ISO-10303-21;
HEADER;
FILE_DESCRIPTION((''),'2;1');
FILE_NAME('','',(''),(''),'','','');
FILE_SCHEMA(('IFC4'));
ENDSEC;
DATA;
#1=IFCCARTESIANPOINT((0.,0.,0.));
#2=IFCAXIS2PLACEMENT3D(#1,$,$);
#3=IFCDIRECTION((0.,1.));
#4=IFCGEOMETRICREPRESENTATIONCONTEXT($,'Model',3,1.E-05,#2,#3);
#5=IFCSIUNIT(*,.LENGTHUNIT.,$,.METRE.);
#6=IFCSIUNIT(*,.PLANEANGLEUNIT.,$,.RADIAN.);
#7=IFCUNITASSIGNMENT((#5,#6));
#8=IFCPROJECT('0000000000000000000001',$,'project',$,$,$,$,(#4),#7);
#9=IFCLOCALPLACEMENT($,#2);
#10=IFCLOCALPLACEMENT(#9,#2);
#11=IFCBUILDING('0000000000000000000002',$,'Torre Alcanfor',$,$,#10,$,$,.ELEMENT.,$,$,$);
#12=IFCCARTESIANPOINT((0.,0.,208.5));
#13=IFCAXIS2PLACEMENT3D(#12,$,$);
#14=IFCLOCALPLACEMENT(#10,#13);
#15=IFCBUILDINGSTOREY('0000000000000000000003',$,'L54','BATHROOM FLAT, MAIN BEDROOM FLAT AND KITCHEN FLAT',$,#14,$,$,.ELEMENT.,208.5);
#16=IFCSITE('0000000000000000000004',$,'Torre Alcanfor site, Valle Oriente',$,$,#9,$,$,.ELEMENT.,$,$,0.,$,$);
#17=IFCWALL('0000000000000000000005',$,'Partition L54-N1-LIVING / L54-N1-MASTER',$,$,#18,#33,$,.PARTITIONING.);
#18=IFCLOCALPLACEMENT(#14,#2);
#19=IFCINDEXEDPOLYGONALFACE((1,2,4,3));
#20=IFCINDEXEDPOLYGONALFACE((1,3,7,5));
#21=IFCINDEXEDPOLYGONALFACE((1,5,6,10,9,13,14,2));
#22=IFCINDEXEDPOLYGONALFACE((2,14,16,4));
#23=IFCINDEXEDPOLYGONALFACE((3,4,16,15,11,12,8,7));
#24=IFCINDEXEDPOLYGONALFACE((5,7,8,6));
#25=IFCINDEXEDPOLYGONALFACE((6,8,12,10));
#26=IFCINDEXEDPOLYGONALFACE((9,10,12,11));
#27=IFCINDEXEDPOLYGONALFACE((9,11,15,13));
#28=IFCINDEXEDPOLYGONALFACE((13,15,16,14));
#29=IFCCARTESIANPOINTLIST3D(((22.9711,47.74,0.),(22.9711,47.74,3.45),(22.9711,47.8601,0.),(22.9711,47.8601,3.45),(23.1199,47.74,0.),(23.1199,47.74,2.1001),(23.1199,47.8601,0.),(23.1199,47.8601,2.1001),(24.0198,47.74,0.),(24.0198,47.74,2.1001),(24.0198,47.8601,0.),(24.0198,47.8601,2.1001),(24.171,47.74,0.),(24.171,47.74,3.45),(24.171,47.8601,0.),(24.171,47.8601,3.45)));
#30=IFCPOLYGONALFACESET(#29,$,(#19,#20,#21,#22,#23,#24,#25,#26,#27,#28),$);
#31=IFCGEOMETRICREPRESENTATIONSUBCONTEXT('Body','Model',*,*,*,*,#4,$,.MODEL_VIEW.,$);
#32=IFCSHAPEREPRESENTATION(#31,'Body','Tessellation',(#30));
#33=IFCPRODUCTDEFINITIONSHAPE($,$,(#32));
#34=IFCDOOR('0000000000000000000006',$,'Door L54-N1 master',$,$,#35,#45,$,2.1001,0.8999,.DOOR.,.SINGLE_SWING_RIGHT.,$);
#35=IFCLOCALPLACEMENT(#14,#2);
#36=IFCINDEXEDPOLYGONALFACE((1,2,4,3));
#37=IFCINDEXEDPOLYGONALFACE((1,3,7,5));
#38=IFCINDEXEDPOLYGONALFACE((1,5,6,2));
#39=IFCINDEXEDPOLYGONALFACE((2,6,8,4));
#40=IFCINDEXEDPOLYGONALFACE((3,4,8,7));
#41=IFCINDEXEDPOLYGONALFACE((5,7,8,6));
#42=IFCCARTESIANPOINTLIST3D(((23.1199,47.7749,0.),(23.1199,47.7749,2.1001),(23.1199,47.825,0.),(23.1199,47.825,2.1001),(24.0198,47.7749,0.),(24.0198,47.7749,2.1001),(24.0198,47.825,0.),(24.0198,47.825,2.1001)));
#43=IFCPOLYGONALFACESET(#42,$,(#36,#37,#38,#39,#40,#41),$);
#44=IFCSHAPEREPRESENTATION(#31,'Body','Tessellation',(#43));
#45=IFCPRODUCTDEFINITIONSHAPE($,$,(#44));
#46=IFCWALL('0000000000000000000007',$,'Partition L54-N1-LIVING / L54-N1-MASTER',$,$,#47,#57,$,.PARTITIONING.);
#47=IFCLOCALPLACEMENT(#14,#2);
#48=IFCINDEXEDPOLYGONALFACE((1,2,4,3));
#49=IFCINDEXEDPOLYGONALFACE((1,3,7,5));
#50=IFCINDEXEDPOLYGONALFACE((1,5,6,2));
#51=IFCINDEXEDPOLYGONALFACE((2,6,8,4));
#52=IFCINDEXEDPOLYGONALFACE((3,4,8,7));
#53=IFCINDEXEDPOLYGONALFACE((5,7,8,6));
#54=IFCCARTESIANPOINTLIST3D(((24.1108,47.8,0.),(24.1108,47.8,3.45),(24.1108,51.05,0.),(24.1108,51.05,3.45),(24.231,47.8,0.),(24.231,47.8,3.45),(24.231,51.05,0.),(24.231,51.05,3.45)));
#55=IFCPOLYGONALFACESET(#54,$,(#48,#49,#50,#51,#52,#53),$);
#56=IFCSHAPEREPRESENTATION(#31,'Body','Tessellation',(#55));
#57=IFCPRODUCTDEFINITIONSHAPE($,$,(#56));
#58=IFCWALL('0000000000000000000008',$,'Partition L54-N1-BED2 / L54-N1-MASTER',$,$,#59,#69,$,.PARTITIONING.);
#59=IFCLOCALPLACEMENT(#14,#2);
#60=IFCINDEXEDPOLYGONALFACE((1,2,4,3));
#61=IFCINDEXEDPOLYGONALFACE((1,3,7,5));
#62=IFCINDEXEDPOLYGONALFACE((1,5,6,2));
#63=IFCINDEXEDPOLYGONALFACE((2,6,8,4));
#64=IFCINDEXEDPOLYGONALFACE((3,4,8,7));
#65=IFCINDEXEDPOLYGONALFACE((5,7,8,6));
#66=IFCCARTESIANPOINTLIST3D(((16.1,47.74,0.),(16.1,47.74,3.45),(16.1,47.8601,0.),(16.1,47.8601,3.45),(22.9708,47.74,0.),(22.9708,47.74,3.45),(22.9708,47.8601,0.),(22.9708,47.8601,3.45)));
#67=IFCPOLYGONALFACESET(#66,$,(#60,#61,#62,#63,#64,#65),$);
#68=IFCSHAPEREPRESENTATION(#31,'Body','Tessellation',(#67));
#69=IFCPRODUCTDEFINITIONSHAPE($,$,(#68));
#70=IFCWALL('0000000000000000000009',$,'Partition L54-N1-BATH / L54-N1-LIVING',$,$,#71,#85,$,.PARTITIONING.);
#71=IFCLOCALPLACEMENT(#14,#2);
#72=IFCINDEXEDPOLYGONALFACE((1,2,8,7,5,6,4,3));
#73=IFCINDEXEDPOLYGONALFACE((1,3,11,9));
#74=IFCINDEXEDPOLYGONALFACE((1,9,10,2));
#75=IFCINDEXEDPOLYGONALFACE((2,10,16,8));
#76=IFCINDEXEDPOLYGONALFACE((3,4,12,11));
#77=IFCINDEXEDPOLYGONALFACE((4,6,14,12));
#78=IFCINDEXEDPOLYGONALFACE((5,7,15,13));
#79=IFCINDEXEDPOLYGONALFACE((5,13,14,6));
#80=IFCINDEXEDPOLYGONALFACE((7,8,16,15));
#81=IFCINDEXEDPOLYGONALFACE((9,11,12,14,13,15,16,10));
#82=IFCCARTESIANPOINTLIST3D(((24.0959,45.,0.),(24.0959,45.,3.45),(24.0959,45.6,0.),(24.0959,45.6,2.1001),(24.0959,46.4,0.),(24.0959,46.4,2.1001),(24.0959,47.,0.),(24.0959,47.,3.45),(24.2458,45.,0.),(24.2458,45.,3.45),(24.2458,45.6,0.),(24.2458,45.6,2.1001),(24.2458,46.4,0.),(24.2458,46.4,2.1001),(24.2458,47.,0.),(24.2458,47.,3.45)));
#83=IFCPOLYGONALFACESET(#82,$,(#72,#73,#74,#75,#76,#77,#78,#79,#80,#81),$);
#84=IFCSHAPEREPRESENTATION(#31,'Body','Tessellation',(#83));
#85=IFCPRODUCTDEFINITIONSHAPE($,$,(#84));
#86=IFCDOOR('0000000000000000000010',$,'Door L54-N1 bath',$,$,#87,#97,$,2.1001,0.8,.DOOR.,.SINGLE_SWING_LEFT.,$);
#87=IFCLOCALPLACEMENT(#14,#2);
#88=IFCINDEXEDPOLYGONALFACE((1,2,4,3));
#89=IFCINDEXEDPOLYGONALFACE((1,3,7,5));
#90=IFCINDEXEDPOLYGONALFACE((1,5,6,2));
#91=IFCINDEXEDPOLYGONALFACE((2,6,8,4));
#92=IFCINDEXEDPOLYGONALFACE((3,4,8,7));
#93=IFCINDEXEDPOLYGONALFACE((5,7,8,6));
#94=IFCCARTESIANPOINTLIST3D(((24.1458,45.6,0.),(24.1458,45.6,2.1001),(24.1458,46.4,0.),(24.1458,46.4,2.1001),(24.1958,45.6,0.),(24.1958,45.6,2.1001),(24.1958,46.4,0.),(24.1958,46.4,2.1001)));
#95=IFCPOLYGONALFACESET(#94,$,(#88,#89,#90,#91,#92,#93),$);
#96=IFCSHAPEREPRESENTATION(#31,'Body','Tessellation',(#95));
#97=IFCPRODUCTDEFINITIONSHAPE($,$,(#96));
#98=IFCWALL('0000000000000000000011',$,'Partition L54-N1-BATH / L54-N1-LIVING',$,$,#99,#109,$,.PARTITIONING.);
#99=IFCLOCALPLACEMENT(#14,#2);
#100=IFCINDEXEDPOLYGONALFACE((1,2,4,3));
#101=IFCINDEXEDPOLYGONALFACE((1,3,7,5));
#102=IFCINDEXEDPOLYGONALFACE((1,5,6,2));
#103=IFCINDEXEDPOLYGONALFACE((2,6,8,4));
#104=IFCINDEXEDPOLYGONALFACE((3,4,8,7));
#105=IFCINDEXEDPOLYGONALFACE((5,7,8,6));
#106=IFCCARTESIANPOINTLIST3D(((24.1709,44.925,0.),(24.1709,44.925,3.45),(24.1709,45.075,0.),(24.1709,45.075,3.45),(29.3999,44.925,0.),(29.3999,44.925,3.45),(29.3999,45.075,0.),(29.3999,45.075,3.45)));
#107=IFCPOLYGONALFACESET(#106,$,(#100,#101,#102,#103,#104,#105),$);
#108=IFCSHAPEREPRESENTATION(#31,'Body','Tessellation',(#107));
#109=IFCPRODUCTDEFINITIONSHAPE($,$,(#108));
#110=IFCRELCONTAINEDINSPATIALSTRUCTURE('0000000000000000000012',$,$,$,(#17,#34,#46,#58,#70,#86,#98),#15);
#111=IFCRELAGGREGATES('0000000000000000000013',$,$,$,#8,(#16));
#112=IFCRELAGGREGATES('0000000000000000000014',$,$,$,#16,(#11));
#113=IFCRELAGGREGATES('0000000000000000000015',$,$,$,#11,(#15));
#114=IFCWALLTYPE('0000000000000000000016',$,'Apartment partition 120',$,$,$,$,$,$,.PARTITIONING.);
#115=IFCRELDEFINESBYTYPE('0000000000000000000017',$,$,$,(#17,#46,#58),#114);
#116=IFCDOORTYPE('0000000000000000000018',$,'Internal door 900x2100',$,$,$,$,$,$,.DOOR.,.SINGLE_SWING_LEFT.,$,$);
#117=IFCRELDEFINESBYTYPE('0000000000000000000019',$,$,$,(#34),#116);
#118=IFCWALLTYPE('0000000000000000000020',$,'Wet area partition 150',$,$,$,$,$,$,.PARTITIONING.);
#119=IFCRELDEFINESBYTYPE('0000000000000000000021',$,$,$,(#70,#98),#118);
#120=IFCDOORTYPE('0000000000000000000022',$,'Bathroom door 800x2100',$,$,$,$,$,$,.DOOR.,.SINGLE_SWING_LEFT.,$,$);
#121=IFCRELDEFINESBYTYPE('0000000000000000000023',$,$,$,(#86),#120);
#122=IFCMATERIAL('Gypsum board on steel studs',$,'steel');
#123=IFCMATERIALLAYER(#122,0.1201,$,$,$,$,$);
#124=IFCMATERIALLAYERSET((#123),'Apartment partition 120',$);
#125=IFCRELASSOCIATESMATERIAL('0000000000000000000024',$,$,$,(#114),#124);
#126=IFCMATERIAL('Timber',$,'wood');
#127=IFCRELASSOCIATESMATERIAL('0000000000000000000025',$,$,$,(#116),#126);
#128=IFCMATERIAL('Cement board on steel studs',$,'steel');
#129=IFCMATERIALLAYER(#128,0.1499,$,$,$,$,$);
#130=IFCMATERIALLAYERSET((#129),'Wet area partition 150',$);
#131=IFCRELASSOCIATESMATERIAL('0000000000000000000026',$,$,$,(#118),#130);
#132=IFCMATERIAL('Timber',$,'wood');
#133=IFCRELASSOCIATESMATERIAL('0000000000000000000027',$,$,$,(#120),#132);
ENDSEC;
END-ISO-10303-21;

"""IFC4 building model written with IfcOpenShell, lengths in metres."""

from ifc_helpers import new_model, si_unit, direction, frame, frame_2d, origin, place, context, subcontext, project, spatial, rectangle, extrude, material, layer, layer_set, type_object, element, fill, save


model = new_model("IFC4")

# Units and contexts
model_context = context("Model", 3, precision=1e-05, world=origin(), true_north=direction((0.0, 1.0)))
body_context = subcontext(model_context, "Body", "Model", "MODEL_VIEW")
ifc_project = project(units=[si_unit("LENGTHUNIT", "METRE"), si_unit("PLANEANGLEUNIT", "RADIAN")], contexts=[model_context])

# Site, building, storey
site_placement = place(None, origin())
site = spatial("IfcSite", under=ifc_project, at=site_placement, Name="Torre Alcanfor site, Valle Oriente", CompositionType="ELEMENT", RefElevation=0.0)
building_placement = place(site_placement, origin())
building = spatial("IfcBuilding", under=site, at=building_placement, Name="Torre Alcanfor", CompositionType="ELEMENT")
storey_placement = place(building_placement, frame((0.0, 0.0, 208.5)))
storey = spatial("IfcBuildingStorey", under=building, at=storey_placement, Name="L54", Description="BATHROOM FLAT, MAIN BEDROOM FLAT AND KITCHEN FLAT", CompositionType="ELEMENT", Elevation=208.5)

# Wall, opening, door
ifc_material_1 = material(Name="Gypsum board on steel studs", Category="steel")
ifc_layer_1 = layer(ifc_material_1, 0.1201)
ifc_layer_set_1 = layer_set([ifc_layer_1], Name="Apartment partition 120")
wall_type_1 = type_object("IfcWallType", Name="Apartment partition 120", PredefinedType="PARTITIONING", material=ifc_layer_set_1)
ifc_material_2 = material(Name="Timber", Category="wood")
door_type_1 = type_object("IfcDoorType", Name="Internal door 900x2100", OperationType="SINGLE_SWING_LEFT", PredefinedType="DOOR", material=ifc_material_2)
wall_1_placement = place(storey_placement, frame((22.9709, 47.8, 0.0), z_axis=(0.0, 0.0, 1.0), x_axis=(1.0, 0.0, 0.0)))
wall_1 = element("IfcWall", 1, at=wall_1_placement, inside=storey, type_object=wall_type_1, Name="Partition L54-N1-LIVING / L54-N1-MASTER", PredefinedType="PARTITIONING", context=body_context, shape_type="SweptSolid", body=[
    extrude(rectangle(XDim=1.2, YDim=0.1201, at=frame_2d((0.6001, 0.0))), origin(), (0.0, 0.0, 1.0), 3.45),
])
opening_1_placement = place(wall_1_placement, frame((0.1489, 0.0, 0.0)))
opening_1 = element("IfcOpeningElement", 2, at=opening_1_placement, cuts=wall_1, PredefinedType="OPENING", context=body_context, shape_type="SweptSolid", body=[
    extrude(rectangle(XDim=0.8999, YDim=2.1001, at=frame_2d((0.45, 1.05))), frame((0.0, 0.0701, 0.0), z_axis=(0.0, -1.0, 0.0), x_axis=(1.0, 0.0, 0.0)), (0.0, 0.0, 1.0), 0.1401),
])
door_1_placement = place(opening_1_placement, origin())
door_1 = element("IfcDoor", 3, at=door_1_placement, inside=storey, type_object=door_type_1, Name="Door L54-N1 master", OperationType="SINGLE_SWING_RIGHT", OverallHeight=2.1001, OverallWidth=0.8999, PredefinedType="DOOR", context=body_context, shape_type="SweptSolid", body=[
    extrude(rectangle(XDim=0.8999, YDim=2.1001, at=frame_2d((0.45, 1.05))), frame((0.0, 0.0249, 0.0), z_axis=(0.0, -1.0, 0.0), x_axis=(1.0, 0.0, 0.0)), (0.0, 0.0, 1.0), 0.05),
])
fill(opening_1, door_1)

# Walls
wall_2_placement = place(storey_placement, frame((24.1709, 47.8, 0.0), z_axis=(0.0, 0.0, 1.0), x_axis=(0.0, 1.0, 0.0)))
element("IfcWall", 4, at=wall_2_placement, inside=storey, type_object=wall_type_1, Name="Partition L54-N1-LIVING / L54-N1-MASTER", PredefinedType="PARTITIONING", context=body_context, shape_type="SweptSolid", body=[
    extrude(rectangle(XDim=3.25, YDim=0.1201, at=frame_2d((1.625, 0.0))), origin(), (0.0, 0.0, 1.0), 3.45),
])
wall_3_placement = place(storey_placement, frame((22.9709, 47.8, 0.0), z_axis=(0.0, 0.0, 1.0), x_axis=(-1.0, 0.0, 0.0)))
element("IfcWall", 5, at=wall_3_placement, inside=storey, type_object=wall_type_1, Name="Partition L54-N1-BED2 / L54-N1-MASTER", PredefinedType="PARTITIONING", context=body_context, shape_type="SweptSolid", body=[
    extrude(rectangle(XDim=6.8708, YDim=0.1201, at=frame_2d((3.4355, 0.0))), origin(), (0.0, 0.0, 1.0), 3.45),
])

# Wall, opening, door
ifc_material_3 = material(Name="Cement board on steel studs", Category="steel")
ifc_layer_2 = layer(ifc_material_3, 0.1499)
ifc_layer_set_2 = layer_set([ifc_layer_2], Name="Wet area partition 150")
wall_type_2 = type_object("IfcWallType", Name="Wet area partition 150", PredefinedType="PARTITIONING", material=ifc_layer_set_2)
wall_4_placement = place(storey_placement, frame((24.1709, 47.0, 0.0), z_axis=(0.0, 0.0, 1.0), x_axis=(0.0, -1.0, 0.0)))
wall_4 = element("IfcWall", 6, at=wall_4_placement, inside=storey, type_object=wall_type_2, Name="Partition L54-N1-BATH / L54-N1-LIVING", PredefinedType="PARTITIONING", context=body_context, shape_type="SweptSolid", body=[
    extrude(rectangle(XDim=2.0, YDim=0.1499, at=frame_2d((1.0, 0.0))), origin(), (0.0, 0.0, 1.0), 3.45),
])
opening_2_placement = place(wall_4_placement, frame((0.6001, 0.0, 0.0)))
opening_2 = element("IfcOpeningElement", 7, at=opening_2_placement, cuts=wall_4, PredefinedType="OPENING", context=body_context, shape_type="SweptSolid", body=[
    extrude(rectangle(XDim=0.8, YDim=2.1001, at=frame_2d((0.3999, 1.05))), frame((0.0, 0.085, 0.0), z_axis=(0.0, -1.0, 0.0), x_axis=(1.0, 0.0, 0.0)), (0.0, 0.0, 1.0), 0.1699),
])
ifc_material_4 = material(Name="Timber", Category="wood")
door_type_2 = type_object("IfcDoorType", Name="Bathroom door 800x2100", OperationType="SINGLE_SWING_LEFT", PredefinedType="DOOR", material=ifc_material_4)
door_2_placement = place(opening_2_placement, origin())
door_2 = element("IfcDoor", 8, at=door_2_placement, inside=storey, type_object=door_type_2, Name="Door L54-N1 bath", OperationType="SINGLE_SWING_LEFT", OverallHeight=2.1001, OverallWidth=0.8, PredefinedType="DOOR", context=body_context, shape_type="SweptSolid", body=[
    extrude(rectangle(XDim=0.8, YDim=2.1001, at=frame_2d((0.3999, 1.05))), frame((0.0, 0.0249, 0.0), z_axis=(0.0, -1.0, 0.0), x_axis=(1.0, 0.0, 0.0)), (0.0, 0.0, 1.0), 0.05),
])
fill(opening_2, door_2)

# Wall
wall_5_placement = place(storey_placement, frame((24.1709, 45.0, 0.0), z_axis=(0.0, 0.0, 1.0), x_axis=(1.0, 0.0, 0.0)))
element("IfcWall", 9, at=wall_5_placement, inside=storey, type_object=wall_type_2, Name="Partition L54-N1-BATH / L54-N1-LIVING", PredefinedType="PARTITIONING", context=body_context, shape_type="SweptSolid", body=[
    extrude(rectangle(XDim=5.229, YDim=0.1499, at=frame_2d((2.6145, 0.0))), origin(), (0.0, 0.0, 1.0), 3.45),
])

save(model, "model.ifc")
